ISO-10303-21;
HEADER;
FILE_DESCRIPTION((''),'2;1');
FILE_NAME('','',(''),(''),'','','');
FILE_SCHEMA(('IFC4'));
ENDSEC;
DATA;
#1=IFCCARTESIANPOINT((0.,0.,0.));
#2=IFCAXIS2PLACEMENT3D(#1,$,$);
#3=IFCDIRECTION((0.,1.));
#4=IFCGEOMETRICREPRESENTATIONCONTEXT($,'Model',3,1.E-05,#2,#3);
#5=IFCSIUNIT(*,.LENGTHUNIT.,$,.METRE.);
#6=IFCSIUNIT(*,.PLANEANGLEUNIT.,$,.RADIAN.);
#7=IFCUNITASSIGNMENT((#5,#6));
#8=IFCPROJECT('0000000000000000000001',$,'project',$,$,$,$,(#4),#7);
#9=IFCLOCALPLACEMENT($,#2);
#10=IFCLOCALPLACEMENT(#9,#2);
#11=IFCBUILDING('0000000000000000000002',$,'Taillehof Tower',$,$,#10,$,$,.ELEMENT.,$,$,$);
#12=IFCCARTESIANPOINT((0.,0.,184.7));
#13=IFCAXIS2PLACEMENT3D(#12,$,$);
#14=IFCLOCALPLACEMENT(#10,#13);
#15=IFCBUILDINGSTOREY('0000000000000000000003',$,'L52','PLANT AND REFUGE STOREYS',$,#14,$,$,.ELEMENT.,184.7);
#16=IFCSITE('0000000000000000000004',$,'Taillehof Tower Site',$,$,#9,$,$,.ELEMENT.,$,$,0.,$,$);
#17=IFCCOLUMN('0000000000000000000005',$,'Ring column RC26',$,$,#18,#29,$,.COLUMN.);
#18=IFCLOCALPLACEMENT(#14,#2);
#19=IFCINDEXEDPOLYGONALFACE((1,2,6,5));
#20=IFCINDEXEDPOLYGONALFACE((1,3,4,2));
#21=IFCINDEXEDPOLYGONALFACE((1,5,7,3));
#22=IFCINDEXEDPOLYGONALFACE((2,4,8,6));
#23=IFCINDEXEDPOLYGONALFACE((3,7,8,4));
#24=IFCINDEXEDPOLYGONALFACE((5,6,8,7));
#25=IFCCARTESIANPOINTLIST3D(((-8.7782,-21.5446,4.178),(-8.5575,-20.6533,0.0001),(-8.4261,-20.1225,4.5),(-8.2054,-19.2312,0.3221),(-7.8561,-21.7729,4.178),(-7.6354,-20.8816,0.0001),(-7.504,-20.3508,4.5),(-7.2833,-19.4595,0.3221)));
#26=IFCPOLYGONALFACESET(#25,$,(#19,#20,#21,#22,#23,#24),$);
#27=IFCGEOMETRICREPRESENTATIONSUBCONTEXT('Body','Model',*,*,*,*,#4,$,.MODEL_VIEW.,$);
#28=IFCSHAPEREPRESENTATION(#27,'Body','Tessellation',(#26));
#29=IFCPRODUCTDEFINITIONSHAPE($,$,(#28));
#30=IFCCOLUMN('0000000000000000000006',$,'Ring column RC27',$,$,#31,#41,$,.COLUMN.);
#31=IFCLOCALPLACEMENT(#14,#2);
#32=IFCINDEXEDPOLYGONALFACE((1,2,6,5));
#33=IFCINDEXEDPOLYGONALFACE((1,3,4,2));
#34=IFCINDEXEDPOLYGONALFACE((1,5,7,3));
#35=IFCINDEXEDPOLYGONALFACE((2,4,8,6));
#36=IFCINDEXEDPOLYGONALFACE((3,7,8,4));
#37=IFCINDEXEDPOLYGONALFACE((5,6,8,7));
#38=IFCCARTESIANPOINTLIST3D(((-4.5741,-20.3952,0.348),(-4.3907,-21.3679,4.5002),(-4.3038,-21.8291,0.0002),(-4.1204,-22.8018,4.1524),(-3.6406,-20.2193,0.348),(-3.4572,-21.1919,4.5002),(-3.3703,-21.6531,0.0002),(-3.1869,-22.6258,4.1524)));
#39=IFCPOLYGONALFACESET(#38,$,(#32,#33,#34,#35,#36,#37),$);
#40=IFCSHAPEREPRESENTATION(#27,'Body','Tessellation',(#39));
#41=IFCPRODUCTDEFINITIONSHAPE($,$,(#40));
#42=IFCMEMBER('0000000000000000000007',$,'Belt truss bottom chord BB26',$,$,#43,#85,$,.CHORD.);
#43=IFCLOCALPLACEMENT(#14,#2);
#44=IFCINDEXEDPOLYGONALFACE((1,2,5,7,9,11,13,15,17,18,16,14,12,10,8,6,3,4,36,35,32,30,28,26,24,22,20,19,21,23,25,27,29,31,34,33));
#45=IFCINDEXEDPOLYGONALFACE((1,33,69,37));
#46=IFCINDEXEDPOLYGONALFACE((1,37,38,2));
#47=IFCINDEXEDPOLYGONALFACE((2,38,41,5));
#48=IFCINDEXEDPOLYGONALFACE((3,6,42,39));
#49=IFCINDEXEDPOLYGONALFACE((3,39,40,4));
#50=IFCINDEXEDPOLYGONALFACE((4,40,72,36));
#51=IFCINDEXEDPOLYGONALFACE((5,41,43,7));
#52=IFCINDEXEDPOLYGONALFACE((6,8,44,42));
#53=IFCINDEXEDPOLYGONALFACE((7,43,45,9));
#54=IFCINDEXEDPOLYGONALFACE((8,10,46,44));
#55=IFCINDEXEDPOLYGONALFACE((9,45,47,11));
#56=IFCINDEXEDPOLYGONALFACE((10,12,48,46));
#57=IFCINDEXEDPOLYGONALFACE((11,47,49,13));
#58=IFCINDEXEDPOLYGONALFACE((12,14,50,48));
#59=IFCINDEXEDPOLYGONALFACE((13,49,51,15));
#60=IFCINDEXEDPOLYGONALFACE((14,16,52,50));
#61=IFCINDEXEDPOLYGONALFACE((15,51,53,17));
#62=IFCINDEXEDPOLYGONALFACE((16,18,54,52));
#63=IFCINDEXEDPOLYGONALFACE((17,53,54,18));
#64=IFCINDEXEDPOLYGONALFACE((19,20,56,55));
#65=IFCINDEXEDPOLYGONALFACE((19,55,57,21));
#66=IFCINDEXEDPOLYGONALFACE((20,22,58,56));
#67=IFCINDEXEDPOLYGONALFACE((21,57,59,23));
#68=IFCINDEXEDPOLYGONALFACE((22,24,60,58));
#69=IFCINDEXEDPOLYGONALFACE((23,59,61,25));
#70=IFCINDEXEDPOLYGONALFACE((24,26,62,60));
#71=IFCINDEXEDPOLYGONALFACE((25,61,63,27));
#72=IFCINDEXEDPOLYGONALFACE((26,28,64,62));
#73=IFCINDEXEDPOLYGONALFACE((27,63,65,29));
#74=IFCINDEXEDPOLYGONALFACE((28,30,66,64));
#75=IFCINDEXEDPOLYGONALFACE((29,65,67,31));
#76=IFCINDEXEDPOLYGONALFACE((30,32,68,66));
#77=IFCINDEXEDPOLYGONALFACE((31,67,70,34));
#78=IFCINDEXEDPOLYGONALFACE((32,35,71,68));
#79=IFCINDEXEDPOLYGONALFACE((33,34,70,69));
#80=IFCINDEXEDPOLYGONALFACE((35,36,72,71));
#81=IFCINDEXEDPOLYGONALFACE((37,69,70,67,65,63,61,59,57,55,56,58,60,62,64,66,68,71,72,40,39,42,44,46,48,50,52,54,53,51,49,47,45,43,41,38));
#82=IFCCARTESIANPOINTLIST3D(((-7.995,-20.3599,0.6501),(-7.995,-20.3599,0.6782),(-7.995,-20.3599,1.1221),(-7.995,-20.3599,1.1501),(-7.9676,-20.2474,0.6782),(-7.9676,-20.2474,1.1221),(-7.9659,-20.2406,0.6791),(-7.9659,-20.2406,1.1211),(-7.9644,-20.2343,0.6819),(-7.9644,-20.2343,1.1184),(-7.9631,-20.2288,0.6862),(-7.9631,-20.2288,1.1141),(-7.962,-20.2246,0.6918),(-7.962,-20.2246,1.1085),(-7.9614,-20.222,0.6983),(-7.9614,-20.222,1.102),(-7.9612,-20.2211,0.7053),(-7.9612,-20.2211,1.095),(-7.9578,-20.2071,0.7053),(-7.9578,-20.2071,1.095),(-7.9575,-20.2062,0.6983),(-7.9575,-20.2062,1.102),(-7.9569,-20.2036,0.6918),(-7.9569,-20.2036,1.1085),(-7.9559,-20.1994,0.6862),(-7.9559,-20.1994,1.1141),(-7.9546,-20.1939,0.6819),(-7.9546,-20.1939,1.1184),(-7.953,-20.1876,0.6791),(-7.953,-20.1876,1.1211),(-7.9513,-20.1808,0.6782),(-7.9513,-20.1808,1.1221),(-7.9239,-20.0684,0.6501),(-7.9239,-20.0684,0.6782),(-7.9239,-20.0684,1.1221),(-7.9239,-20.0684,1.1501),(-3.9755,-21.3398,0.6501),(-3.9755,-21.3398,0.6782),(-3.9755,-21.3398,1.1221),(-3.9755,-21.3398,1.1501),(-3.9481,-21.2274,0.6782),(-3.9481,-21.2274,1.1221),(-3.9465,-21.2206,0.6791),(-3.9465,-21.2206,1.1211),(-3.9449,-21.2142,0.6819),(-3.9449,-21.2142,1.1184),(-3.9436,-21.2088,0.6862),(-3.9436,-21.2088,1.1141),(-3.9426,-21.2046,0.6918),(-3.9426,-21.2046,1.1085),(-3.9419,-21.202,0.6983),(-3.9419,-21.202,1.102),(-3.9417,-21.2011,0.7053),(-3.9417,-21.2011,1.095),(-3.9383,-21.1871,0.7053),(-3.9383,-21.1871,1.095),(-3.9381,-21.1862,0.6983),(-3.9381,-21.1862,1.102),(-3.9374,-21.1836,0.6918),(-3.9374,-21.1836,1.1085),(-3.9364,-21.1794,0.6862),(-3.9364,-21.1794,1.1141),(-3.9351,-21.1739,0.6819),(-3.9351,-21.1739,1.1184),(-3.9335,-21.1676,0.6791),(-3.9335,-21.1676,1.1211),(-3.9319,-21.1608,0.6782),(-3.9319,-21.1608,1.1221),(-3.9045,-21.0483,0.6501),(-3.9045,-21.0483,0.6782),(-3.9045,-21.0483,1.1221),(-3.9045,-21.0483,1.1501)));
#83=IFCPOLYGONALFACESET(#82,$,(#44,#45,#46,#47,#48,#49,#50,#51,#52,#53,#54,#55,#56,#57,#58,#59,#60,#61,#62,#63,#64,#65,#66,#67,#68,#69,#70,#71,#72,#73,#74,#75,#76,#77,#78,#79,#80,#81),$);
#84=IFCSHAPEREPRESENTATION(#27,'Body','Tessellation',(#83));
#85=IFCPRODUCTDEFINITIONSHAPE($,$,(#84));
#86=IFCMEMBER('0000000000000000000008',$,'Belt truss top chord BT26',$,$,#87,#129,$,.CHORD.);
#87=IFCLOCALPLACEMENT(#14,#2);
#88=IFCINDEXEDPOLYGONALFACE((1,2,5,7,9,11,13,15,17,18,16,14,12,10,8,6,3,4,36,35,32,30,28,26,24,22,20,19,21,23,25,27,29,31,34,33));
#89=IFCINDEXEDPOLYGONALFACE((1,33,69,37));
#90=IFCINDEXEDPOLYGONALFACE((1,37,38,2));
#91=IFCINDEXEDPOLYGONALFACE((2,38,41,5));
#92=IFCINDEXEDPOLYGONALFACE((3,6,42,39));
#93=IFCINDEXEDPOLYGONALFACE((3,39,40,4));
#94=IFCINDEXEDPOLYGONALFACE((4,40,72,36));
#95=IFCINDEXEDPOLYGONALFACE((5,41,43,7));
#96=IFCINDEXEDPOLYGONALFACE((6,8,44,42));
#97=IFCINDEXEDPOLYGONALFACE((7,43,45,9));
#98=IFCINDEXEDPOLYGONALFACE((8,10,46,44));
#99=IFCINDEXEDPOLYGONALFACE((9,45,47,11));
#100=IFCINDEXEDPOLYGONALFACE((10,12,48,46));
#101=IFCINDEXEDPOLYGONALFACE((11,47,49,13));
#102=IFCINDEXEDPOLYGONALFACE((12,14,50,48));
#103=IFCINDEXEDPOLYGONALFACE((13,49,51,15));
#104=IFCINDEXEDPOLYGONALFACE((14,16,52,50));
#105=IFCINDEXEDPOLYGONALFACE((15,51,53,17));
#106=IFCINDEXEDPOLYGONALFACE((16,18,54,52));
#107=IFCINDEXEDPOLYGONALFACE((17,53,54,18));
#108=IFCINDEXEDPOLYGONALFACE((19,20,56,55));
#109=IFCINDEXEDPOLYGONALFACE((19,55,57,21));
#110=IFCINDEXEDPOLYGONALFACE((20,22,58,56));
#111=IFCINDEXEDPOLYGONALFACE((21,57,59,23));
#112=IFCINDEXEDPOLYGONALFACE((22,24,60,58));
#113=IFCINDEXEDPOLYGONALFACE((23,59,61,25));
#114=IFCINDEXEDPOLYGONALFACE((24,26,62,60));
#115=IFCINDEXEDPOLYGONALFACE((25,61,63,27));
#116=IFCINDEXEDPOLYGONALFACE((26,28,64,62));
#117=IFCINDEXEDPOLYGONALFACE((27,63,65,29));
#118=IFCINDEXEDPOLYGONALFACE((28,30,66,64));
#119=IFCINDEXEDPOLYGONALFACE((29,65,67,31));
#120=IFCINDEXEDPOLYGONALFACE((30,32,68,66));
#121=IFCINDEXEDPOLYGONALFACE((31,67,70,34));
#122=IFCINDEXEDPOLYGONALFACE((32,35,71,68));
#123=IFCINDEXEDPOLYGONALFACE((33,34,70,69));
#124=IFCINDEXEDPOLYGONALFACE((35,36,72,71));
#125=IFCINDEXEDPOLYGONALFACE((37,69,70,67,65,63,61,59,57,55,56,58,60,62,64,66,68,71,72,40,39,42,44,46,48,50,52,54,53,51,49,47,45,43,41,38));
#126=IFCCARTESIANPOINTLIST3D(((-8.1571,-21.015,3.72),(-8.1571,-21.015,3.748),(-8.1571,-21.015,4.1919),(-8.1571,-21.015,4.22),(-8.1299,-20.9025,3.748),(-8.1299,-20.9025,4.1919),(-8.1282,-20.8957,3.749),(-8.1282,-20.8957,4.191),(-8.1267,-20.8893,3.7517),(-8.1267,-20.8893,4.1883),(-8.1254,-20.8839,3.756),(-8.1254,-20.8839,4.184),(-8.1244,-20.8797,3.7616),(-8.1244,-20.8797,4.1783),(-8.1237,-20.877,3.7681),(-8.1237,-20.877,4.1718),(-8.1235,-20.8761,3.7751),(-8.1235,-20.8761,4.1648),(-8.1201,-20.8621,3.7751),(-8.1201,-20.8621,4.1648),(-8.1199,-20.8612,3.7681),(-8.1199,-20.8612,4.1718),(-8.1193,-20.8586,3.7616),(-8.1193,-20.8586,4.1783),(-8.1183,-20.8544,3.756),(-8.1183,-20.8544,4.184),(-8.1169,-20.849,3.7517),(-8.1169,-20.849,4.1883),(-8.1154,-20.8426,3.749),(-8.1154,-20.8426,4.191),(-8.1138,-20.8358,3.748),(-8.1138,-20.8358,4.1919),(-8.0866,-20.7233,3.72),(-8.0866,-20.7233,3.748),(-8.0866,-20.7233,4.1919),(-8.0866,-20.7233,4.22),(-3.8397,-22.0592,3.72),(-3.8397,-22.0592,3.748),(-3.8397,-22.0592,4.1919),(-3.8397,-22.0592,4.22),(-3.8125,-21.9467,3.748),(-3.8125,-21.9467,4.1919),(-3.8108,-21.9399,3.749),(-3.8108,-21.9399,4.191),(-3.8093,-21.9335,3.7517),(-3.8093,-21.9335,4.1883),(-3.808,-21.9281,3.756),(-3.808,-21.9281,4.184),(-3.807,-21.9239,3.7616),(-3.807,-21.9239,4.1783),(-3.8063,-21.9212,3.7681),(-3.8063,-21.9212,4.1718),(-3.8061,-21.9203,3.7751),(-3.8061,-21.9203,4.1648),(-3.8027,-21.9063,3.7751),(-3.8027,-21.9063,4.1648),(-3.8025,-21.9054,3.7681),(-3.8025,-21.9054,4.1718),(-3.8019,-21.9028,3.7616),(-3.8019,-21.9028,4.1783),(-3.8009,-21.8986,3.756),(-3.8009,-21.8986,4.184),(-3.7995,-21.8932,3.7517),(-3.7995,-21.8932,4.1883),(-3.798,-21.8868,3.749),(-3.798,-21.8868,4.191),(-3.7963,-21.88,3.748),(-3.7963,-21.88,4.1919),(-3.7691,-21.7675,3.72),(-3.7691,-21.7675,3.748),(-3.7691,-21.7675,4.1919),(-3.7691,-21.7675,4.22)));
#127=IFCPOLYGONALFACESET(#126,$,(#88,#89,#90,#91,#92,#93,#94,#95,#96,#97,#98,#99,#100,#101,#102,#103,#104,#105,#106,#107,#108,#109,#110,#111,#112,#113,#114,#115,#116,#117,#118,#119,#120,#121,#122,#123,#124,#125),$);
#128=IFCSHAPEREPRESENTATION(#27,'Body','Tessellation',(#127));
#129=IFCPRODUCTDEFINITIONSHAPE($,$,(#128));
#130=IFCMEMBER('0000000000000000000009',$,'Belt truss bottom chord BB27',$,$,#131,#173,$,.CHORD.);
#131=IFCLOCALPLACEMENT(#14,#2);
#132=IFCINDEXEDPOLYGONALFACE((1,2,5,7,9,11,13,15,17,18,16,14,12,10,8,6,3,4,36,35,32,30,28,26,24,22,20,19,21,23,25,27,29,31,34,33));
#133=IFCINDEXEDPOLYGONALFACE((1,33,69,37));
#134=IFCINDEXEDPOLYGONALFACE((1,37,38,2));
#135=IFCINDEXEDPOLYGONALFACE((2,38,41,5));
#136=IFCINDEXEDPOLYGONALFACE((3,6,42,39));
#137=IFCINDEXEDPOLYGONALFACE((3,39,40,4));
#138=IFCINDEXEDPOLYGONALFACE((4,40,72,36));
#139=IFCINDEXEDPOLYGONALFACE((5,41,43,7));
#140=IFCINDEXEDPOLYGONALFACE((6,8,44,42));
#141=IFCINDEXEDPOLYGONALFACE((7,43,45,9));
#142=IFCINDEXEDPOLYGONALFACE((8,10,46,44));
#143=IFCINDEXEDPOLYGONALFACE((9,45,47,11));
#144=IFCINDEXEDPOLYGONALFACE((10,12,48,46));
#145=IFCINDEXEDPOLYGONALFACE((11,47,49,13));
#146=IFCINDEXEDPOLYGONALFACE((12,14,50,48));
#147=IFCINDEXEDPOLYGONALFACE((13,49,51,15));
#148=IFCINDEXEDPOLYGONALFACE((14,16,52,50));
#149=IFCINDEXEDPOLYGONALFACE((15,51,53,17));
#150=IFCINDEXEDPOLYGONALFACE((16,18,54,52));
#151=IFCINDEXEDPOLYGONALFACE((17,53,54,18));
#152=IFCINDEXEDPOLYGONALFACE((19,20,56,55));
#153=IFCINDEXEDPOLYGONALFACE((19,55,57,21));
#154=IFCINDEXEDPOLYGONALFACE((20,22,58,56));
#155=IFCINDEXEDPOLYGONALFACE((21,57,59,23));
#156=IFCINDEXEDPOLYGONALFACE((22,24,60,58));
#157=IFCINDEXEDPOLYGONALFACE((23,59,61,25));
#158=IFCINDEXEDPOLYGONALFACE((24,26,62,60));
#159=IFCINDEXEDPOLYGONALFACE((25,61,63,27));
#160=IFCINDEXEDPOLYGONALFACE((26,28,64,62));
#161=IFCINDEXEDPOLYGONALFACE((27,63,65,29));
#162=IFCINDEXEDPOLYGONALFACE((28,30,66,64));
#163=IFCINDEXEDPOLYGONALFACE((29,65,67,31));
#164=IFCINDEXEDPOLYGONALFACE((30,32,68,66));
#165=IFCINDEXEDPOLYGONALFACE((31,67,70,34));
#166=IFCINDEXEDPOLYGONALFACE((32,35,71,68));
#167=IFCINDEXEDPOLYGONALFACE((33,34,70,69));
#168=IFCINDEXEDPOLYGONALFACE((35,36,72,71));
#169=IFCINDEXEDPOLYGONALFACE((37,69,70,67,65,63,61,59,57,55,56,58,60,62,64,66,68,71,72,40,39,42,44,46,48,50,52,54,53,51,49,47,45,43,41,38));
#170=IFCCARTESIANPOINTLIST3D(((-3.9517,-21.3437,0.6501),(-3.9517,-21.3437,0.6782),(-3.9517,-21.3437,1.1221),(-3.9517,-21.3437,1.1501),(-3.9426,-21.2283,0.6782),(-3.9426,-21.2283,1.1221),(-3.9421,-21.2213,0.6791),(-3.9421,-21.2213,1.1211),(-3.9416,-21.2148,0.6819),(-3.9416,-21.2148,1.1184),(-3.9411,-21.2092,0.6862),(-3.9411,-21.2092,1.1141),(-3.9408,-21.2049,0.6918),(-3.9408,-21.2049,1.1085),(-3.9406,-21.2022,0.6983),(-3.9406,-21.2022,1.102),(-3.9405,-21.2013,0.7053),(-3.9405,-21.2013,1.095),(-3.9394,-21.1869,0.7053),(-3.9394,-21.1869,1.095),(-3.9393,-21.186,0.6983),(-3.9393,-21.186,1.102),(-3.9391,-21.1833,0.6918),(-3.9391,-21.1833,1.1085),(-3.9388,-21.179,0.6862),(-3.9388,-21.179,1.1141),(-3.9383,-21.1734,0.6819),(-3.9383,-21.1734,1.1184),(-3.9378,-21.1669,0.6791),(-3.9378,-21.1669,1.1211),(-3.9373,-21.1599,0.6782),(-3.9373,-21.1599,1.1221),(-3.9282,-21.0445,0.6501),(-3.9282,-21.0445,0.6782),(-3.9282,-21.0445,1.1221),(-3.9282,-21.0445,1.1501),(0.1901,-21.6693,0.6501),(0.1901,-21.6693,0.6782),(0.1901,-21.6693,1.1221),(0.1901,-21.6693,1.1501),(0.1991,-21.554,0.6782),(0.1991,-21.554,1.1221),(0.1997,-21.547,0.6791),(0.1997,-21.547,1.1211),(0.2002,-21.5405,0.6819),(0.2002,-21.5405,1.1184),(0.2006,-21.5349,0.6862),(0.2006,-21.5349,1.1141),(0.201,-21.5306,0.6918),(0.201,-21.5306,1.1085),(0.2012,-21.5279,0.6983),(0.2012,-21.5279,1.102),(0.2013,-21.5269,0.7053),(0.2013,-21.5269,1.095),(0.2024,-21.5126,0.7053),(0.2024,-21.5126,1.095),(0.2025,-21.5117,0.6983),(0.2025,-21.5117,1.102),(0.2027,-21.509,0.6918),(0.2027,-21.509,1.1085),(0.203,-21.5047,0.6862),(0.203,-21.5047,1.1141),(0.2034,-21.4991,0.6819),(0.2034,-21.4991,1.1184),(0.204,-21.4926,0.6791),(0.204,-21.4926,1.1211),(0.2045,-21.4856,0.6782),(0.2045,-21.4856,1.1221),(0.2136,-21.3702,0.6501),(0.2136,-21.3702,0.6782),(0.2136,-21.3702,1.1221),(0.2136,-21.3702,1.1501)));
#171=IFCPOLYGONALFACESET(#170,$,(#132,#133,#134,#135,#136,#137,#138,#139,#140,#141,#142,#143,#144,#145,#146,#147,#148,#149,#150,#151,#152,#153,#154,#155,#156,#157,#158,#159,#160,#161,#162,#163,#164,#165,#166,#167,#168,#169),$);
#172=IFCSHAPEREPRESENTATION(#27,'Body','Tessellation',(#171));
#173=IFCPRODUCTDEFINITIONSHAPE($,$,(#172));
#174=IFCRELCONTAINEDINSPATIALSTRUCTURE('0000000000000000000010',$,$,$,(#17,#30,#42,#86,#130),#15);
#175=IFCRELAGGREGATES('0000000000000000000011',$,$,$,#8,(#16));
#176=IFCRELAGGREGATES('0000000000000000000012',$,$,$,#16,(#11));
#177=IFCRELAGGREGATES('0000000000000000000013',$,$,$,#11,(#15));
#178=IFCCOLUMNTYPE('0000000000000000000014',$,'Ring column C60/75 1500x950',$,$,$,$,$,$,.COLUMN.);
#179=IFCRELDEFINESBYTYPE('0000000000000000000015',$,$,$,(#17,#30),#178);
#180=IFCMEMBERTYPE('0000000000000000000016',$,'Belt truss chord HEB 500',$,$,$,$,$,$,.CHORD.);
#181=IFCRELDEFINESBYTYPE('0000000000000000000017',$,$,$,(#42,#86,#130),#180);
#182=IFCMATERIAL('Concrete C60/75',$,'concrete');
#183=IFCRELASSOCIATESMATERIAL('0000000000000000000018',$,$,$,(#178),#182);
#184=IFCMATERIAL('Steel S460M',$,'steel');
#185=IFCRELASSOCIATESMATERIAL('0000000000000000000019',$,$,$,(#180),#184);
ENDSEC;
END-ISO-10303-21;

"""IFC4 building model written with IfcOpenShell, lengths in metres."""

from ifc_helpers import new_model, si_unit, direction, frame, origin, origin_2d, place, context, subcontext, project, spatial, rectangle, i_section, extrude, material, material_profile, profile_set, type_object, element, save


model = new_model("IFC4")

# Units and contexts
model_context = context("Model", 3, precision=1e-05, world=origin(), true_north=direction((0.0, 1.0)))
body_context = subcontext(model_context, "Body", "Model", "MODEL_VIEW")
ifc_project = project(units=[si_unit("LENGTHUNIT", "METRE"), si_unit("PLANEANGLEUNIT", "RADIAN")], contexts=[model_context])

# Site, building, storey
site_placement = place(None, origin())
site = spatial("IfcSite", under=ifc_project, at=site_placement, Name="Taillehof Tower Site", CompositionType="ELEMENT", RefElevation=0.0)
building_placement = place(site_placement, origin())
building = spatial("IfcBuilding", under=site, at=building_placement, Name="Taillehof Tower", CompositionType="ELEMENT")
storey_placement = place(building_placement, frame((0.0, 0.0, 184.7)))
storey = spatial("IfcBuildingStorey", under=building, at=storey_placement, Name="L52", Description="PLANT AND REFUGE STOREYS", CompositionType="ELEMENT", Elevation=184.7)

# Columns
ifc_material_1 = material(Name="Concrete C60/75", Category="concrete")
ifc_material_profile_1 = material_profile(ifc_material_1, rectangle(XDim=1.5, YDim=0.95, at=origin_2d()), Name="RC 1500x950")
ifc_profile_set_1 = profile_set([ifc_material_profile_1], Name="Concrete C60/75")
column_type = type_object("IfcColumnType", Name="Ring column C60/75 1500x950", PredefinedType="COLUMN", material=ifc_profile_set_1)
column_1_placement = place(storey_placement, frame((-7.9204, -20.0564, 0.1611), z_axis=(-0.051594, -0.208373, 0.976688), x_axis=(0.234742, 0.948058, 0.214665)))
element("IfcColumn", 1, at=column_1_placement, inside=storey, type_object=column_type, Name="Ring column RC26", PredefinedType="COLUMN", context=body_context, shape_type="SweptSolid", body=[
    extrude(rectangle(XDim=1.5, YDim=0.95, at=origin_2d()), origin(), (0.0, 0.0, 1.0), 4.2776),
])
column_2_placement = place(storey_placement, frame((-3.9722, -21.0242, 0.1741), z_axis=(0.042955, -0.227871, 0.972743), x_axis=(-0.180193, 0.955908, 0.231885)))
element("IfcColumn", 2, at=column_2_placement, inside=storey, type_object=column_type, Name="Ring column RC27", PredefinedType="COLUMN", context=body_context, shape_type="SweptSolid", body=[
    extrude(rectangle(XDim=1.5, YDim=0.95, at=origin_2d()), origin(), (0.0, 0.0, 1.0), 4.2686),
])

# Members
ifc_material_2 = material(Name="Steel S460M", Category="steel")
ifc_material_profile_2 = material_profile(ifc_material_2, i_section(OverallWidth=0.3, OverallDepth=0.5, WebThickness=0.0144, FlangeThickness=0.0281, FilletRadius=0.0271, at=origin_2d()), Name="HEB 500")
ifc_profile_set_2 = profile_set([ifc_material_profile_2], Name="Steel S460M")
member_type_1 = type_object("IfcMemberType", Name="Belt truss chord HEB 500", PredefinedType="CHORD", material=ifc_profile_set_2)
member_1_placement = place(storey_placement, frame((-7.9595, -20.2141, 0.9001), z_axis=(0.971542, -0.236867, 0.0), x_axis=(0.236867, 0.971542, 0.0)))
element("IfcMember", 3, at=member_1_placement, inside=storey, type_object=member_type_1, Name="Belt truss bottom chord BB26", PredefinedType="CHORD", context=body_context, shape_type="SweptSolid", body=[
    extrude(i_section(OverallWidth=0.3, OverallDepth=0.5, WebThickness=0.0144, FlangeThickness=0.0281, FilletRadius=0.0271, at=origin_2d()), origin(), (0.0, 0.0, 1.0), 4.1372),
])
member_2_placement = place(storey_placement, frame((-8.1218, -20.8691, 3.97), z_axis=(0.971976, -0.235079, 0.0), x_axis=(0.235079, 0.971976, 0.0)))
element("IfcMember", 4, at=member_2_placement, inside=storey, type_object=member_type_1, Name="Belt truss top chord BT26", PredefinedType="CHORD", context=body_context, shape_type="SweptSolid", body=[
    extrude(i_section(OverallWidth=0.3, OverallDepth=0.5, WebThickness=0.0144, FlangeThickness=0.0281, FilletRadius=0.0271, at=origin_2d()), origin(), (0.0, 0.0, 1.0), 4.4419),
])
member_3_placement = place(storey_placement, frame((-3.9399, -21.1941, 0.9001), z_axis=(0.996923, -0.078391, 0.0), x_axis=(0.078391, 0.996923, 0.0)))
element("IfcMember", 5, at=member_3_placement, inside=storey, type_object=member_type_1, Name="Belt truss bottom chord BB27", PredefinedType="CHORD", context=body_context, shape_type="SweptSolid", body=[
    extrude(i_section(OverallWidth=0.3, OverallDepth=0.5, WebThickness=0.0144, FlangeThickness=0.0281, FilletRadius=0.0271, at=origin_2d()), origin(), (0.0, 0.0, 1.0), 4.1545),
])

save(model, "model.ifc")
